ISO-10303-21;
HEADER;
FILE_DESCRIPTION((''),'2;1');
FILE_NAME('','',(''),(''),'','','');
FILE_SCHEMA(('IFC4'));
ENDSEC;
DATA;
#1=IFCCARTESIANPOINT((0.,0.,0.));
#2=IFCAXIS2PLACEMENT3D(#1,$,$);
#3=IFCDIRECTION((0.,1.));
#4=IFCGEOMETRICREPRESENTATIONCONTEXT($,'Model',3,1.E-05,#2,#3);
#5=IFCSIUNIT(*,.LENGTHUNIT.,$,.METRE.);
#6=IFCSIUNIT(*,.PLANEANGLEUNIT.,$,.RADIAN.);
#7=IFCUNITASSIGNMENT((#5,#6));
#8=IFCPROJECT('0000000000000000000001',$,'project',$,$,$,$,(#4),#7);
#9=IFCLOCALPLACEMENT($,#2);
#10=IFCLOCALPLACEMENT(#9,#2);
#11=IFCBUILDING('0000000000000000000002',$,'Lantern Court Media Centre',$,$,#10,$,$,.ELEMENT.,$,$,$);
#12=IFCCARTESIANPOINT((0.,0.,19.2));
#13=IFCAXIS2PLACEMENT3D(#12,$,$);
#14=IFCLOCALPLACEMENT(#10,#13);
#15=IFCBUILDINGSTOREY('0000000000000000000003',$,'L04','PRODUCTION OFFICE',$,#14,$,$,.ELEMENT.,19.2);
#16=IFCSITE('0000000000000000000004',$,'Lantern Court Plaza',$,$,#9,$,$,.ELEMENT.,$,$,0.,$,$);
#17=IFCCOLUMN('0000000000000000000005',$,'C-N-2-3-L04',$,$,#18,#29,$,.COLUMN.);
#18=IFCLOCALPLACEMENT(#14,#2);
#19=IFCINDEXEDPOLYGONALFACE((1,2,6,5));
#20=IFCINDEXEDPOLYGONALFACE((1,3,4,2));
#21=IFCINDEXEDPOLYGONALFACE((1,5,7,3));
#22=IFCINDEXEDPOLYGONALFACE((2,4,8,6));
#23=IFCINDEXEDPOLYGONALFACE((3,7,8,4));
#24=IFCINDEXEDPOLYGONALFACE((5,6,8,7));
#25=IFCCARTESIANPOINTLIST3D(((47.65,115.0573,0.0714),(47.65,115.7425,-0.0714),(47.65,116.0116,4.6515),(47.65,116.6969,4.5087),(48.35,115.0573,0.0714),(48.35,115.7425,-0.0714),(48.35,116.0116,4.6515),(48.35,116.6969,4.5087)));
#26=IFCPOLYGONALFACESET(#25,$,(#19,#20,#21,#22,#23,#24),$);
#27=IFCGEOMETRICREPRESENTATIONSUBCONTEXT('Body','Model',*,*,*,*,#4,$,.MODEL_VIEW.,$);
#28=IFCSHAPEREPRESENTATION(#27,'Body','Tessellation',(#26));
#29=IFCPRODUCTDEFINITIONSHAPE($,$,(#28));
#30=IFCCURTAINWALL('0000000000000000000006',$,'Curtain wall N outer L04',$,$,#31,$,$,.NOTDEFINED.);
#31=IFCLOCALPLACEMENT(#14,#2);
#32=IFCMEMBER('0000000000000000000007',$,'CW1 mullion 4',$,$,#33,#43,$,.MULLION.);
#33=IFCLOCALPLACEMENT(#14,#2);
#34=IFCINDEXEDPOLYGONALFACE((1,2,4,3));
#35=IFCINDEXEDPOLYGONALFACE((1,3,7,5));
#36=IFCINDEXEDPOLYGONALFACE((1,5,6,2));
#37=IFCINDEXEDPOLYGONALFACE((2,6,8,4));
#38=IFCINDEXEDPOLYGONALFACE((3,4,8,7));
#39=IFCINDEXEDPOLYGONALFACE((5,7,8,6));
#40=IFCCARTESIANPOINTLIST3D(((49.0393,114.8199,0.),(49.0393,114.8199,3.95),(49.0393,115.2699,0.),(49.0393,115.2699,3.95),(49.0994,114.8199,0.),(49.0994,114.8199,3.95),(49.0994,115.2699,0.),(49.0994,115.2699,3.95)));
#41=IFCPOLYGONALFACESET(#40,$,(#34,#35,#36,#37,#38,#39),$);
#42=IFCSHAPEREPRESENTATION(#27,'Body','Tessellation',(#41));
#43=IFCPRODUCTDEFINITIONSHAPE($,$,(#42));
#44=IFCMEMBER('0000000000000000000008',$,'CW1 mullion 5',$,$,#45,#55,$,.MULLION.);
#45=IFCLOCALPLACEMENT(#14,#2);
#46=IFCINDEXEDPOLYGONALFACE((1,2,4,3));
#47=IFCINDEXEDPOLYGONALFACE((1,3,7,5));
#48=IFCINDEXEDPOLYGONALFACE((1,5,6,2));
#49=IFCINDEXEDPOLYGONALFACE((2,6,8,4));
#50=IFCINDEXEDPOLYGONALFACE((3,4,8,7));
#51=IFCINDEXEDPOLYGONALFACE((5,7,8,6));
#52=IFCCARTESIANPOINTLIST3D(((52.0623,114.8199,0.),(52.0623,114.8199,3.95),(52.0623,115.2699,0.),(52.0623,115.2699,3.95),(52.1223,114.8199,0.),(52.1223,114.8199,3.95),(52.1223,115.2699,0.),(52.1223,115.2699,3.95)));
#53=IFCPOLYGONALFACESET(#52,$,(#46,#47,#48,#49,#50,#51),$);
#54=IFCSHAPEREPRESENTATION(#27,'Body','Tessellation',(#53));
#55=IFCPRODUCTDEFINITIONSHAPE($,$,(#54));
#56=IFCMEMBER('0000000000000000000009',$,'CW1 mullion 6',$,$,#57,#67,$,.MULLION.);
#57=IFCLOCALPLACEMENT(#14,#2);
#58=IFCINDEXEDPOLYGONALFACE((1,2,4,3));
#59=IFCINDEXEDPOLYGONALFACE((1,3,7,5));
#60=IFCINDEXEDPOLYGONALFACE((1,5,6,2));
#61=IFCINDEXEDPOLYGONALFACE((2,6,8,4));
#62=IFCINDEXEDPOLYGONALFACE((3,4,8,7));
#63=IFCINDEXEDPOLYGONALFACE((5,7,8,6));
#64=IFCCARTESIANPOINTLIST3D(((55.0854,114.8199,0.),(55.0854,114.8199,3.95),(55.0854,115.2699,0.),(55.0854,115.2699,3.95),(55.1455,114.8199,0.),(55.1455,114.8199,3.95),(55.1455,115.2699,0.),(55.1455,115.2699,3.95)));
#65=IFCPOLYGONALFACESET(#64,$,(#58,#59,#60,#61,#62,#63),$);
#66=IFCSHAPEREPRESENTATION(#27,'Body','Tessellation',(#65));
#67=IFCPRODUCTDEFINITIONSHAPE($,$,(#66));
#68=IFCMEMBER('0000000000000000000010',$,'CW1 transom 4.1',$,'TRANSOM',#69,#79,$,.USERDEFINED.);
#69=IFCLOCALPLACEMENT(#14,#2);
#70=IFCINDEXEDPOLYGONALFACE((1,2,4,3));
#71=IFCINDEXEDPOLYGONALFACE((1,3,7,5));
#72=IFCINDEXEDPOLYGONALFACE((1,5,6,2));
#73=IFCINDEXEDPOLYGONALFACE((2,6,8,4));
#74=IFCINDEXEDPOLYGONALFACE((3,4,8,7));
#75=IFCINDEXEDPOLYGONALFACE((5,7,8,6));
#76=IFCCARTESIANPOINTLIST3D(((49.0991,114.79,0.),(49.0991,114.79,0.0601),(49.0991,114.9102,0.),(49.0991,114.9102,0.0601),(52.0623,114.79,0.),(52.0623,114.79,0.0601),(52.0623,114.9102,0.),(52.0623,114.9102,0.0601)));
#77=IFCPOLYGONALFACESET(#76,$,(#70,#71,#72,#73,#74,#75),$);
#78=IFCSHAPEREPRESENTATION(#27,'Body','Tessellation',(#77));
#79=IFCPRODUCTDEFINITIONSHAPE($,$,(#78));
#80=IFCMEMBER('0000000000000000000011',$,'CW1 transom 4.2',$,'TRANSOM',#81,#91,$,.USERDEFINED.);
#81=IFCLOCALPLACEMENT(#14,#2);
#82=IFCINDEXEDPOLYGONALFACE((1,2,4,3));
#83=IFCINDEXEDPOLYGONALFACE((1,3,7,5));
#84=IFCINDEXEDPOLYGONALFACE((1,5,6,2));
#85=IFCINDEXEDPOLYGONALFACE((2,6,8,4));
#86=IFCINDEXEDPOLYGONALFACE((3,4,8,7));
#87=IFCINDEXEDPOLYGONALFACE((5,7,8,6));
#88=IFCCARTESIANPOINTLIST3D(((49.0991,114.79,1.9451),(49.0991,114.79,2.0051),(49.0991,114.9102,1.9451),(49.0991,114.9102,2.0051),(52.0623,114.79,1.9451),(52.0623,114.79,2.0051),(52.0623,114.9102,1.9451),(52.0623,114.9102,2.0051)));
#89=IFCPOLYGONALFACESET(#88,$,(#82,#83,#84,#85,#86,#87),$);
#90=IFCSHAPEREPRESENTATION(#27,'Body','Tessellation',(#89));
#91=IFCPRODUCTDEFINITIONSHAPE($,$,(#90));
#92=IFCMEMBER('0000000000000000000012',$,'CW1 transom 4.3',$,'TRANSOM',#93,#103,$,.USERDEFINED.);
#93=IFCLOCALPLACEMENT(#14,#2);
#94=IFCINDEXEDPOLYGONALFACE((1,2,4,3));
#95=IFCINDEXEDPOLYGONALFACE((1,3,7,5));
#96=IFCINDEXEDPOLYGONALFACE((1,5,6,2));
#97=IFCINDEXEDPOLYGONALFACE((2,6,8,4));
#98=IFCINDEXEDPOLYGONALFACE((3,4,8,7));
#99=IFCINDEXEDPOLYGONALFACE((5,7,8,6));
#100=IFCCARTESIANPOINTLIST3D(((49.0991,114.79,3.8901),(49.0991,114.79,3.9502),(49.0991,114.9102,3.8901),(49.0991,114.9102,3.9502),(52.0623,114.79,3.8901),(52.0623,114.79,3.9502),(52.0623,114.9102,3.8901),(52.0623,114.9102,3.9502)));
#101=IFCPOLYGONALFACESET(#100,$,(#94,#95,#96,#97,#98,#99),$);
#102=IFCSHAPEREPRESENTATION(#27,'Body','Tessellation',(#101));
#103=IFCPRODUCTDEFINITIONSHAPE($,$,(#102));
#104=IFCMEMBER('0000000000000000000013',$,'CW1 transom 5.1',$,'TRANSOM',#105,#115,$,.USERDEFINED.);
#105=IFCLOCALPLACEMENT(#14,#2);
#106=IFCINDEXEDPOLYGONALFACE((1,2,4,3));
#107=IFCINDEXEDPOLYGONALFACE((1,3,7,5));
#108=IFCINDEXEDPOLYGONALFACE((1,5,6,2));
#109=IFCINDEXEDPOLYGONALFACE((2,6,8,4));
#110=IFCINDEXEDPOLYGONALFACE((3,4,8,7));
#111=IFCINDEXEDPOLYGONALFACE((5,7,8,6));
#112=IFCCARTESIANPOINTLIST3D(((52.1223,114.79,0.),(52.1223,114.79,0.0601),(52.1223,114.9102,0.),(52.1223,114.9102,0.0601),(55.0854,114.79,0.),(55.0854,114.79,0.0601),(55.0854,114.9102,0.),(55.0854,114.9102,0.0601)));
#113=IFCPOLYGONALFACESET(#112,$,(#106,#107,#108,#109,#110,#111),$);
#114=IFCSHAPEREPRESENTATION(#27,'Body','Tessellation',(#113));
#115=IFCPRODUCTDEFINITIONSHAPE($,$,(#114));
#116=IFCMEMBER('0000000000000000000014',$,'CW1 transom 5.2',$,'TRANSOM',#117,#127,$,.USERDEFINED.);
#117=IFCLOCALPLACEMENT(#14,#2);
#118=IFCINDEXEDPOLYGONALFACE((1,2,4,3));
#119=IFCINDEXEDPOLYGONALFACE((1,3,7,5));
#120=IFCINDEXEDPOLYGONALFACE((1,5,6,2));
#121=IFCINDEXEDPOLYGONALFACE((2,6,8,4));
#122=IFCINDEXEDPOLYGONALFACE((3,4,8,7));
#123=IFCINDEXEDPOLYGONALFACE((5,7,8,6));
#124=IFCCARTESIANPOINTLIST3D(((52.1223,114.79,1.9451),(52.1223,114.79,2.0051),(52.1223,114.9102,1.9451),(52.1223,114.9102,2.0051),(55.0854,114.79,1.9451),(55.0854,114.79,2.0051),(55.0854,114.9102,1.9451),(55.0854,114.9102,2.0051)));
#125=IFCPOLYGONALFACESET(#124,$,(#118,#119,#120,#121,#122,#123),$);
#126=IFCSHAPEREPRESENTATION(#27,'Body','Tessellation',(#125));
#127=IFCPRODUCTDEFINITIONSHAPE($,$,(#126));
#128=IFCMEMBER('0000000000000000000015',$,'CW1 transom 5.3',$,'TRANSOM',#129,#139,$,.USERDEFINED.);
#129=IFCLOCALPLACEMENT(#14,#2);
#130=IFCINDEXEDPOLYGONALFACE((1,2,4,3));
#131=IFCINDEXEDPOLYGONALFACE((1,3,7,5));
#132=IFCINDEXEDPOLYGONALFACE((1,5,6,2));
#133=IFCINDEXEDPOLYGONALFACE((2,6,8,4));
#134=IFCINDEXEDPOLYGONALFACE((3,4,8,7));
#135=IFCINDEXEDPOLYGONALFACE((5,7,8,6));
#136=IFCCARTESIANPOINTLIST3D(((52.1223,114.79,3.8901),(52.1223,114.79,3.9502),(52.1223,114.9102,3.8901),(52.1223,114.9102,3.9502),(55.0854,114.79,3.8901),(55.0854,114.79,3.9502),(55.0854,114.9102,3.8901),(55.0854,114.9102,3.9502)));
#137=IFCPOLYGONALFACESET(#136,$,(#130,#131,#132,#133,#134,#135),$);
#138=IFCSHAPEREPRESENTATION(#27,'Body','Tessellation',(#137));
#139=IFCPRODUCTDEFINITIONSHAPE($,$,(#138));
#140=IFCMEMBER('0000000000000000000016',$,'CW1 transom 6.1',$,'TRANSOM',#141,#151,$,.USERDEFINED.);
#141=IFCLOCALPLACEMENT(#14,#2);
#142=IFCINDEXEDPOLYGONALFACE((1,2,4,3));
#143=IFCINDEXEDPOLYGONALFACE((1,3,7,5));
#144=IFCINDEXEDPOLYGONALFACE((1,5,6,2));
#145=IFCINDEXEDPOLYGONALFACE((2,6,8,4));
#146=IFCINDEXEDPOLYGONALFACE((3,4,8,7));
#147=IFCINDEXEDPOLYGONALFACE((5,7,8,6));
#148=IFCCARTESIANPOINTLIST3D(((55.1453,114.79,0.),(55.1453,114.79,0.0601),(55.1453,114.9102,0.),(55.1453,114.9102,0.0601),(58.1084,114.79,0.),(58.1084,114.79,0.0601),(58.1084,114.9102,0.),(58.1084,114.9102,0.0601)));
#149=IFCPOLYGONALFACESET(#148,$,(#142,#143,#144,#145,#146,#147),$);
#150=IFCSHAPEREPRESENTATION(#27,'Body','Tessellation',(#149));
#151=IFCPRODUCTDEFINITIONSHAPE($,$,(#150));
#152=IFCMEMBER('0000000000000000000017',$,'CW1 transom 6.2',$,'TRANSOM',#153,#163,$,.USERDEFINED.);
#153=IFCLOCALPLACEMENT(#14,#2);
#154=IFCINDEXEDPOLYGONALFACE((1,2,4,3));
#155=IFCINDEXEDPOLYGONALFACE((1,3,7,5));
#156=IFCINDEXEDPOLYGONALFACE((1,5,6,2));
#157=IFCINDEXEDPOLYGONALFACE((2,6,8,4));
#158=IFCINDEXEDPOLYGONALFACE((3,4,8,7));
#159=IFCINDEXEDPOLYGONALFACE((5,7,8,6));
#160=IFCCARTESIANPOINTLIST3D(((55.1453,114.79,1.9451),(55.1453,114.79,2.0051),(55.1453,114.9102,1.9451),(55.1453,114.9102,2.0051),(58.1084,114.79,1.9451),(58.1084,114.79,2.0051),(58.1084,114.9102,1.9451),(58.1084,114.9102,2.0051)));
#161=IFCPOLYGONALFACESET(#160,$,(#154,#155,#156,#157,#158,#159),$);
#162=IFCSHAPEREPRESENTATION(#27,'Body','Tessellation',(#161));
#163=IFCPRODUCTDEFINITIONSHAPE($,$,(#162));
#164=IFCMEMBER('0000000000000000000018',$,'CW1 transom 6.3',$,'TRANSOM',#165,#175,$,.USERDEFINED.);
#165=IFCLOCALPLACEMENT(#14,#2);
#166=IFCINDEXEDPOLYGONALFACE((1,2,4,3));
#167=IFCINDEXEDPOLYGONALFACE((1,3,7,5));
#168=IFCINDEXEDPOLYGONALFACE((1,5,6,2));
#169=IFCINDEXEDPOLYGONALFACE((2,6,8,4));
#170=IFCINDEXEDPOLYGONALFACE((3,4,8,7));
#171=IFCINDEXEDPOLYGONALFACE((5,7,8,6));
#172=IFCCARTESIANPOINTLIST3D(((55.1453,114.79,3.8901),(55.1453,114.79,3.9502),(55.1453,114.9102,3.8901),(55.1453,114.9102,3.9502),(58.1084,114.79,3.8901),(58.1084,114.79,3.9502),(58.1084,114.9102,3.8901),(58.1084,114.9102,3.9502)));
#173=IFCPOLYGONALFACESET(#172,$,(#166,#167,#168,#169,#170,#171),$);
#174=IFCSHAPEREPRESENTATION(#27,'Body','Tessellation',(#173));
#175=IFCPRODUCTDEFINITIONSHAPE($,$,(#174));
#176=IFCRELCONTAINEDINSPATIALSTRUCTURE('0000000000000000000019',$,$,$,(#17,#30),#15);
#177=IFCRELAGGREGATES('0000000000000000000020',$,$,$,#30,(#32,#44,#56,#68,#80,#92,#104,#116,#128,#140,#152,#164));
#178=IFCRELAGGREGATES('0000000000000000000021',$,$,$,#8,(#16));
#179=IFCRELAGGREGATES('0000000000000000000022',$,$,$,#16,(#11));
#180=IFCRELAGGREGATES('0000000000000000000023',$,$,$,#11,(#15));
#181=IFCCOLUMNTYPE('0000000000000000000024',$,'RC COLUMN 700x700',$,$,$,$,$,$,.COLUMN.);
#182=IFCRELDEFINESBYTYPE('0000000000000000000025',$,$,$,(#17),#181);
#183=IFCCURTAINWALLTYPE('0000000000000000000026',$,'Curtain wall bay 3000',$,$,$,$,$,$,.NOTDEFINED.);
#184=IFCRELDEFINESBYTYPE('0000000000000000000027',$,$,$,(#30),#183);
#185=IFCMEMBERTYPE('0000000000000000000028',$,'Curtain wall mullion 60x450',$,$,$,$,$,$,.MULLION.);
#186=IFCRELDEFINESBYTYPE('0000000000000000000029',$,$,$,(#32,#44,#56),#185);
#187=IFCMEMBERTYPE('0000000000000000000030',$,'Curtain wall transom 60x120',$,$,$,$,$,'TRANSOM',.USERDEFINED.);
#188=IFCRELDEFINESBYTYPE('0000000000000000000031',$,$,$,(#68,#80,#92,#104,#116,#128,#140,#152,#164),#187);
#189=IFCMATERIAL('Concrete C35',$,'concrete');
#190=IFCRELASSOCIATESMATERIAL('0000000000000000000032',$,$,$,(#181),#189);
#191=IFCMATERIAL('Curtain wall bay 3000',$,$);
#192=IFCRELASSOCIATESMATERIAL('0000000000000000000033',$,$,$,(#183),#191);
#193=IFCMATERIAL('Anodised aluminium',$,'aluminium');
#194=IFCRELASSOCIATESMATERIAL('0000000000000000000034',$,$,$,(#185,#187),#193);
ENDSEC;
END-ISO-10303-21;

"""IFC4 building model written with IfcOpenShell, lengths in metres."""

from ifc_helpers import new_model, si_unit, direction, frame, origin, origin_2d, place, context, subcontext, project, spatial, rectangle, extrude, material, material_profile, profile_set, type_object, element, aggregate, save


model = new_model("IFC4")

# Units and contexts
model_context = context("Model", 3, precision=1e-05, world=origin(), true_north=direction((0.0, 1.0)))
body_context = subcontext(model_context, "Body", "Model", "MODEL_VIEW")
ifc_project = project(units=[si_unit("LENGTHUNIT", "METRE"), si_unit("PLANEANGLEUNIT", "RADIAN")], contexts=[model_context])

# Site, building, storey
site_placement = place(None, origin())
site = spatial("IfcSite", under=ifc_project, at=site_placement, Name="Lantern Court Plaza", CompositionType="ELEMENT", RefElevation=0.0)
building_placement = place(site_placement, origin())
building = spatial("IfcBuilding", under=site, at=building_placement, Name="Lantern Court Media Centre", CompositionType="ELEMENT")
storey_placement = place(building_placement, frame((0.0, 0.0, 19.2)))
storey = spatial("IfcBuildingStorey", under=building, at=storey_placement, Name="L04", Description="PRODUCTION OFFICE", CompositionType="ELEMENT", Elevation=19.2)

# Column
ifc_material_1 = material(Name="Concrete C35", Category="concrete")
ifc_material_profile_1 = material_profile(ifc_material_1, rectangle(XDim=0.7, YDim=0.7, at=origin_2d()), Name="RC 700x700")
ifc_profile_set_1 = profile_set([ifc_material_profile_1], Name="Concrete C35")
column_type = type_object("IfcColumnType", Name="RC COLUMN 700x700", PredefinedType="COLUMN", material=ifc_profile_set_1)
column_placement = place(storey_placement, frame((48.0, 115.3999, 0.0), z_axis=(0.0, 0.203988, 0.978973), x_axis=(-1.0, 0.0, 0.0)))
element("IfcColumn", 1, at=column_placement, inside=storey, type_object=column_type, Name="C-N-2-3-L04", PredefinedType="COLUMN", context=body_context, shape_type="SweptSolid", body=[
    extrude(rectangle(XDim=0.7, YDim=0.7, at=origin_2d()), origin(), (0.0, 0.0, 1.0), 4.6785),
])

# Curtain wall, members
ifc_material_2 = material(Name="Curtain wall bay 3000")
curtain_wall_type = type_object("IfcCurtainWallType", Name="Curtain wall bay 3000", PredefinedType="NOTDEFINED", material=ifc_material_2)
curtain_wall_placement = place(storey_placement, origin())
curtain_wall = element("IfcCurtainWall", 2, at=curtain_wall_placement, inside=storey, type_object=curtain_wall_type, Name="Curtain wall N outer L04", PredefinedType="NOTDEFINED")
ifc_material_3 = material(Name="Anodised aluminium", Category="aluminium")
ifc_material_profile_2 = material_profile(ifc_material_3, rectangle(XDim=0.45, YDim=0.0601, at=origin_2d()), Name="AL 60x450")
ifc_profile_set_2 = profile_set([ifc_material_profile_2], Name="Anodised aluminium")
member_type_1 = type_object("IfcMemberType", Name="Curtain wall mullion 60x450", PredefinedType="MULLION", material=ifc_profile_set_2)
member_1_placement = place(storey_placement, frame((49.0693, 115.0449, 0.0), z_axis=(0.0, 0.0, 1.0), x_axis=(0.0, 1.0, 0.0)))
member_1 = element("IfcMember", 3, at=member_1_placement, type_object=member_type_1, Name="CW1 mullion 4", PredefinedType="MULLION", context=body_context, shape_type="SweptSolid", body=[
    extrude(rectangle(XDim=0.45, YDim=0.0601, at=origin_2d()), origin(), (0.0, 0.0, 1.0), 3.95),
])
member_2_placement = place(storey_placement, frame((52.0923, 115.0449, 0.0), z_axis=(0.0, 0.0, 1.0), x_axis=(0.0, 1.0, 0.0)))
member_2 = element("IfcMember", 4, at=member_2_placement, type_object=member_type_1, Name="CW1 mullion 5", PredefinedType="MULLION", context=body_context, shape_type="SweptSolid", body=[
    extrude(rectangle(XDim=0.45, YDim=0.0601, at=origin_2d()), origin(), (0.0, 0.0, 1.0), 3.95),
])
member_3_placement = place(storey_placement, frame((55.1155, 115.0449, 0.0), z_axis=(0.0, 0.0, 1.0), x_axis=(0.0, 1.0, 0.0)))
member_3 = element("IfcMember", 5, at=member_3_placement, type_object=member_type_1, Name="CW1 mullion 6", PredefinedType="MULLION", context=body_context, shape_type="SweptSolid", body=[
    extrude(rectangle(XDim=0.45, YDim=0.0601, at=origin_2d()), origin(), (0.0, 0.0, 1.0), 3.95),
])
ifc_material_profile_3 = material_profile(ifc_material_3, rectangle(XDim=0.1201, YDim=0.0601, at=origin_2d()), Name="AL 60x120")
ifc_profile_set_3 = profile_set([ifc_material_profile_3], Name="Anodised aluminium")
member_type_2 = type_object("IfcMemberType", Name="Curtain wall transom 60x120", ElementType="TRANSOM", PredefinedType="USERDEFINED", material=ifc_profile_set_3)
member_4_placement = place(storey_placement, frame((49.0991, 114.8501, 0.03), z_axis=(1.0, 0.0, 0.0), x_axis=(0.0, 1.0, 0.0)))
member_4 = element("IfcMember", 6, at=member_4_placement, type_object=member_type_2, Name="CW1 transom 4.1", ObjectType="TRANSOM", PredefinedType="USERDEFINED", context=body_context, shape_type="SweptSolid", body=[
    extrude(rectangle(XDim=0.1201, YDim=0.0601, at=origin_2d()), origin(), (0.0, 0.0, 1.0), 2.9631),
])
member_5_placement = place(storey_placement, frame((49.0991, 114.8501, 1.9751), z_axis=(1.0, 0.0, 0.0), x_axis=(0.0, 1.0, 0.0)))
member_5 = element("IfcMember", 7, at=member_5_placement, type_object=member_type_2, Name="CW1 transom 4.2", ObjectType="TRANSOM", PredefinedType="USERDEFINED", context=body_context, shape_type="SweptSolid", body=[
    extrude(rectangle(XDim=0.1201, YDim=0.0601, at=origin_2d()), origin(), (0.0, 0.0, 1.0), 2.9631),
])
member_6_placement = place(storey_placement, frame((49.0991, 114.8501, 3.9202), z_axis=(1.0, 0.0, 0.0), x_axis=(0.0, 1.0, 0.0)))
member_6 = element("IfcMember", 8, at=member_6_placement, type_object=member_type_2, Name="CW1 transom 4.3", ObjectType="TRANSOM", PredefinedType="USERDEFINED", context=body_context, shape_type="SweptSolid", body=[
    extrude(rectangle(XDim=0.1201, YDim=0.0601, at=origin_2d()), origin(), (0.0, 0.0, 1.0), 2.9631),
])
member_7_placement = place(storey_placement, frame((52.1223, 114.8501, 0.03), z_axis=(1.0, 0.0, 0.0), x_axis=(0.0, 1.0, 0.0)))
member_7 = element("IfcMember", 9, at=member_7_placement, type_object=member_type_2, Name="CW1 transom 5.1", ObjectType="TRANSOM", PredefinedType="USERDEFINED", context=body_context, shape_type="SweptSolid", body=[
    extrude(rectangle(XDim=0.1201, YDim=0.0601, at=origin_2d()), origin(), (0.0, 0.0, 1.0), 2.9631),
])
member_8_placement = place(storey_placement, frame((52.1223, 114.8501, 1.9751), z_axis=(1.0, 0.0, 0.0), x_axis=(0.0, 1.0, 0.0)))
member_8 = element("IfcMember", 10, at=member_8_placement, type_object=member_type_2, Name="CW1 transom 5.2", ObjectType="TRANSOM", PredefinedType="USERDEFINED", context=body_context, shape_type="SweptSolid", body=[
    extrude(rectangle(XDim=0.1201, YDim=0.0601, at=origin_2d()), origin(), (0.0, 0.0, 1.0), 2.9631),
])
member_9_placement = place(storey_placement, frame((52.1223, 114.8501, 3.9202), z_axis=(1.0, 0.0, 0.0), x_axis=(0.0, 1.0, 0.0)))
member_9 = element("IfcMember", 11, at=member_9_placement, type_object=member_type_2, Name="CW1 transom 5.3", ObjectType="TRANSOM", PredefinedType="USERDEFINED", context=body_context, shape_type="SweptSolid", body=[
    extrude(rectangle(XDim=0.1201, YDim=0.0601, at=origin_2d()), origin(), (0.0, 0.0, 1.0), 2.9631),
])
member_10_placement = place(storey_placement, frame((55.1453, 114.8501, 0.03), z_axis=(1.0, 0.0, 0.0), x_axis=(0.0, 1.0, 0.0)))
member_10 = element("IfcMember", 12, at=member_10_placement, type_object=member_type_2, Name="CW1 transom 6.1", ObjectType="TRANSOM", PredefinedType="USERDEFINED", context=body_context, shape_type="SweptSolid", body=[
    extrude(rectangle(XDim=0.1201, YDim=0.0601, at=origin_2d()), origin(), (0.0, 0.0, 1.0), 2.9631),
])
member_11_placement = place(storey_placement, frame((55.1453, 114.8501, 1.9751), z_axis=(1.0, 0.0, 0.0), x_axis=(0.0, 1.0, 0.0)))
member_11 = element("IfcMember", 13, at=member_11_placement, type_object=member_type_2, Name="CW1 transom 6.2", ObjectType="TRANSOM", PredefinedType="USERDEFINED", context=body_context, shape_type="SweptSolid", body=[
    extrude(rectangle(XDim=0.1201, YDim=0.0601, at=origin_2d()), origin(), (0.0, 0.0, 1.0), 2.9631),
])
member_12_placement = place(storey_placement, frame((55.1453, 114.8501, 3.9202), z_axis=(1.0, 0.0, 0.0), x_axis=(0.0, 1.0, 0.0)))
member_12 = element("IfcMember", 14, at=member_12_placement, type_object=member_type_2, Name="CW1 transom 6.3", ObjectType="TRANSOM", PredefinedType="USERDEFINED", context=body_context, shape_type="SweptSolid", body=[
    extrude(rectangle(XDim=0.1201, YDim=0.0601, at=origin_2d()), origin(), (0.0, 0.0, 1.0), 2.9631),
])

aggregate(curtain_wall, [member_1, member_2, member_3, member_4, member_5, member_6, member_7, member_8, member_9, member_10, member_11, member_12])

save(model, "model.ifc")
